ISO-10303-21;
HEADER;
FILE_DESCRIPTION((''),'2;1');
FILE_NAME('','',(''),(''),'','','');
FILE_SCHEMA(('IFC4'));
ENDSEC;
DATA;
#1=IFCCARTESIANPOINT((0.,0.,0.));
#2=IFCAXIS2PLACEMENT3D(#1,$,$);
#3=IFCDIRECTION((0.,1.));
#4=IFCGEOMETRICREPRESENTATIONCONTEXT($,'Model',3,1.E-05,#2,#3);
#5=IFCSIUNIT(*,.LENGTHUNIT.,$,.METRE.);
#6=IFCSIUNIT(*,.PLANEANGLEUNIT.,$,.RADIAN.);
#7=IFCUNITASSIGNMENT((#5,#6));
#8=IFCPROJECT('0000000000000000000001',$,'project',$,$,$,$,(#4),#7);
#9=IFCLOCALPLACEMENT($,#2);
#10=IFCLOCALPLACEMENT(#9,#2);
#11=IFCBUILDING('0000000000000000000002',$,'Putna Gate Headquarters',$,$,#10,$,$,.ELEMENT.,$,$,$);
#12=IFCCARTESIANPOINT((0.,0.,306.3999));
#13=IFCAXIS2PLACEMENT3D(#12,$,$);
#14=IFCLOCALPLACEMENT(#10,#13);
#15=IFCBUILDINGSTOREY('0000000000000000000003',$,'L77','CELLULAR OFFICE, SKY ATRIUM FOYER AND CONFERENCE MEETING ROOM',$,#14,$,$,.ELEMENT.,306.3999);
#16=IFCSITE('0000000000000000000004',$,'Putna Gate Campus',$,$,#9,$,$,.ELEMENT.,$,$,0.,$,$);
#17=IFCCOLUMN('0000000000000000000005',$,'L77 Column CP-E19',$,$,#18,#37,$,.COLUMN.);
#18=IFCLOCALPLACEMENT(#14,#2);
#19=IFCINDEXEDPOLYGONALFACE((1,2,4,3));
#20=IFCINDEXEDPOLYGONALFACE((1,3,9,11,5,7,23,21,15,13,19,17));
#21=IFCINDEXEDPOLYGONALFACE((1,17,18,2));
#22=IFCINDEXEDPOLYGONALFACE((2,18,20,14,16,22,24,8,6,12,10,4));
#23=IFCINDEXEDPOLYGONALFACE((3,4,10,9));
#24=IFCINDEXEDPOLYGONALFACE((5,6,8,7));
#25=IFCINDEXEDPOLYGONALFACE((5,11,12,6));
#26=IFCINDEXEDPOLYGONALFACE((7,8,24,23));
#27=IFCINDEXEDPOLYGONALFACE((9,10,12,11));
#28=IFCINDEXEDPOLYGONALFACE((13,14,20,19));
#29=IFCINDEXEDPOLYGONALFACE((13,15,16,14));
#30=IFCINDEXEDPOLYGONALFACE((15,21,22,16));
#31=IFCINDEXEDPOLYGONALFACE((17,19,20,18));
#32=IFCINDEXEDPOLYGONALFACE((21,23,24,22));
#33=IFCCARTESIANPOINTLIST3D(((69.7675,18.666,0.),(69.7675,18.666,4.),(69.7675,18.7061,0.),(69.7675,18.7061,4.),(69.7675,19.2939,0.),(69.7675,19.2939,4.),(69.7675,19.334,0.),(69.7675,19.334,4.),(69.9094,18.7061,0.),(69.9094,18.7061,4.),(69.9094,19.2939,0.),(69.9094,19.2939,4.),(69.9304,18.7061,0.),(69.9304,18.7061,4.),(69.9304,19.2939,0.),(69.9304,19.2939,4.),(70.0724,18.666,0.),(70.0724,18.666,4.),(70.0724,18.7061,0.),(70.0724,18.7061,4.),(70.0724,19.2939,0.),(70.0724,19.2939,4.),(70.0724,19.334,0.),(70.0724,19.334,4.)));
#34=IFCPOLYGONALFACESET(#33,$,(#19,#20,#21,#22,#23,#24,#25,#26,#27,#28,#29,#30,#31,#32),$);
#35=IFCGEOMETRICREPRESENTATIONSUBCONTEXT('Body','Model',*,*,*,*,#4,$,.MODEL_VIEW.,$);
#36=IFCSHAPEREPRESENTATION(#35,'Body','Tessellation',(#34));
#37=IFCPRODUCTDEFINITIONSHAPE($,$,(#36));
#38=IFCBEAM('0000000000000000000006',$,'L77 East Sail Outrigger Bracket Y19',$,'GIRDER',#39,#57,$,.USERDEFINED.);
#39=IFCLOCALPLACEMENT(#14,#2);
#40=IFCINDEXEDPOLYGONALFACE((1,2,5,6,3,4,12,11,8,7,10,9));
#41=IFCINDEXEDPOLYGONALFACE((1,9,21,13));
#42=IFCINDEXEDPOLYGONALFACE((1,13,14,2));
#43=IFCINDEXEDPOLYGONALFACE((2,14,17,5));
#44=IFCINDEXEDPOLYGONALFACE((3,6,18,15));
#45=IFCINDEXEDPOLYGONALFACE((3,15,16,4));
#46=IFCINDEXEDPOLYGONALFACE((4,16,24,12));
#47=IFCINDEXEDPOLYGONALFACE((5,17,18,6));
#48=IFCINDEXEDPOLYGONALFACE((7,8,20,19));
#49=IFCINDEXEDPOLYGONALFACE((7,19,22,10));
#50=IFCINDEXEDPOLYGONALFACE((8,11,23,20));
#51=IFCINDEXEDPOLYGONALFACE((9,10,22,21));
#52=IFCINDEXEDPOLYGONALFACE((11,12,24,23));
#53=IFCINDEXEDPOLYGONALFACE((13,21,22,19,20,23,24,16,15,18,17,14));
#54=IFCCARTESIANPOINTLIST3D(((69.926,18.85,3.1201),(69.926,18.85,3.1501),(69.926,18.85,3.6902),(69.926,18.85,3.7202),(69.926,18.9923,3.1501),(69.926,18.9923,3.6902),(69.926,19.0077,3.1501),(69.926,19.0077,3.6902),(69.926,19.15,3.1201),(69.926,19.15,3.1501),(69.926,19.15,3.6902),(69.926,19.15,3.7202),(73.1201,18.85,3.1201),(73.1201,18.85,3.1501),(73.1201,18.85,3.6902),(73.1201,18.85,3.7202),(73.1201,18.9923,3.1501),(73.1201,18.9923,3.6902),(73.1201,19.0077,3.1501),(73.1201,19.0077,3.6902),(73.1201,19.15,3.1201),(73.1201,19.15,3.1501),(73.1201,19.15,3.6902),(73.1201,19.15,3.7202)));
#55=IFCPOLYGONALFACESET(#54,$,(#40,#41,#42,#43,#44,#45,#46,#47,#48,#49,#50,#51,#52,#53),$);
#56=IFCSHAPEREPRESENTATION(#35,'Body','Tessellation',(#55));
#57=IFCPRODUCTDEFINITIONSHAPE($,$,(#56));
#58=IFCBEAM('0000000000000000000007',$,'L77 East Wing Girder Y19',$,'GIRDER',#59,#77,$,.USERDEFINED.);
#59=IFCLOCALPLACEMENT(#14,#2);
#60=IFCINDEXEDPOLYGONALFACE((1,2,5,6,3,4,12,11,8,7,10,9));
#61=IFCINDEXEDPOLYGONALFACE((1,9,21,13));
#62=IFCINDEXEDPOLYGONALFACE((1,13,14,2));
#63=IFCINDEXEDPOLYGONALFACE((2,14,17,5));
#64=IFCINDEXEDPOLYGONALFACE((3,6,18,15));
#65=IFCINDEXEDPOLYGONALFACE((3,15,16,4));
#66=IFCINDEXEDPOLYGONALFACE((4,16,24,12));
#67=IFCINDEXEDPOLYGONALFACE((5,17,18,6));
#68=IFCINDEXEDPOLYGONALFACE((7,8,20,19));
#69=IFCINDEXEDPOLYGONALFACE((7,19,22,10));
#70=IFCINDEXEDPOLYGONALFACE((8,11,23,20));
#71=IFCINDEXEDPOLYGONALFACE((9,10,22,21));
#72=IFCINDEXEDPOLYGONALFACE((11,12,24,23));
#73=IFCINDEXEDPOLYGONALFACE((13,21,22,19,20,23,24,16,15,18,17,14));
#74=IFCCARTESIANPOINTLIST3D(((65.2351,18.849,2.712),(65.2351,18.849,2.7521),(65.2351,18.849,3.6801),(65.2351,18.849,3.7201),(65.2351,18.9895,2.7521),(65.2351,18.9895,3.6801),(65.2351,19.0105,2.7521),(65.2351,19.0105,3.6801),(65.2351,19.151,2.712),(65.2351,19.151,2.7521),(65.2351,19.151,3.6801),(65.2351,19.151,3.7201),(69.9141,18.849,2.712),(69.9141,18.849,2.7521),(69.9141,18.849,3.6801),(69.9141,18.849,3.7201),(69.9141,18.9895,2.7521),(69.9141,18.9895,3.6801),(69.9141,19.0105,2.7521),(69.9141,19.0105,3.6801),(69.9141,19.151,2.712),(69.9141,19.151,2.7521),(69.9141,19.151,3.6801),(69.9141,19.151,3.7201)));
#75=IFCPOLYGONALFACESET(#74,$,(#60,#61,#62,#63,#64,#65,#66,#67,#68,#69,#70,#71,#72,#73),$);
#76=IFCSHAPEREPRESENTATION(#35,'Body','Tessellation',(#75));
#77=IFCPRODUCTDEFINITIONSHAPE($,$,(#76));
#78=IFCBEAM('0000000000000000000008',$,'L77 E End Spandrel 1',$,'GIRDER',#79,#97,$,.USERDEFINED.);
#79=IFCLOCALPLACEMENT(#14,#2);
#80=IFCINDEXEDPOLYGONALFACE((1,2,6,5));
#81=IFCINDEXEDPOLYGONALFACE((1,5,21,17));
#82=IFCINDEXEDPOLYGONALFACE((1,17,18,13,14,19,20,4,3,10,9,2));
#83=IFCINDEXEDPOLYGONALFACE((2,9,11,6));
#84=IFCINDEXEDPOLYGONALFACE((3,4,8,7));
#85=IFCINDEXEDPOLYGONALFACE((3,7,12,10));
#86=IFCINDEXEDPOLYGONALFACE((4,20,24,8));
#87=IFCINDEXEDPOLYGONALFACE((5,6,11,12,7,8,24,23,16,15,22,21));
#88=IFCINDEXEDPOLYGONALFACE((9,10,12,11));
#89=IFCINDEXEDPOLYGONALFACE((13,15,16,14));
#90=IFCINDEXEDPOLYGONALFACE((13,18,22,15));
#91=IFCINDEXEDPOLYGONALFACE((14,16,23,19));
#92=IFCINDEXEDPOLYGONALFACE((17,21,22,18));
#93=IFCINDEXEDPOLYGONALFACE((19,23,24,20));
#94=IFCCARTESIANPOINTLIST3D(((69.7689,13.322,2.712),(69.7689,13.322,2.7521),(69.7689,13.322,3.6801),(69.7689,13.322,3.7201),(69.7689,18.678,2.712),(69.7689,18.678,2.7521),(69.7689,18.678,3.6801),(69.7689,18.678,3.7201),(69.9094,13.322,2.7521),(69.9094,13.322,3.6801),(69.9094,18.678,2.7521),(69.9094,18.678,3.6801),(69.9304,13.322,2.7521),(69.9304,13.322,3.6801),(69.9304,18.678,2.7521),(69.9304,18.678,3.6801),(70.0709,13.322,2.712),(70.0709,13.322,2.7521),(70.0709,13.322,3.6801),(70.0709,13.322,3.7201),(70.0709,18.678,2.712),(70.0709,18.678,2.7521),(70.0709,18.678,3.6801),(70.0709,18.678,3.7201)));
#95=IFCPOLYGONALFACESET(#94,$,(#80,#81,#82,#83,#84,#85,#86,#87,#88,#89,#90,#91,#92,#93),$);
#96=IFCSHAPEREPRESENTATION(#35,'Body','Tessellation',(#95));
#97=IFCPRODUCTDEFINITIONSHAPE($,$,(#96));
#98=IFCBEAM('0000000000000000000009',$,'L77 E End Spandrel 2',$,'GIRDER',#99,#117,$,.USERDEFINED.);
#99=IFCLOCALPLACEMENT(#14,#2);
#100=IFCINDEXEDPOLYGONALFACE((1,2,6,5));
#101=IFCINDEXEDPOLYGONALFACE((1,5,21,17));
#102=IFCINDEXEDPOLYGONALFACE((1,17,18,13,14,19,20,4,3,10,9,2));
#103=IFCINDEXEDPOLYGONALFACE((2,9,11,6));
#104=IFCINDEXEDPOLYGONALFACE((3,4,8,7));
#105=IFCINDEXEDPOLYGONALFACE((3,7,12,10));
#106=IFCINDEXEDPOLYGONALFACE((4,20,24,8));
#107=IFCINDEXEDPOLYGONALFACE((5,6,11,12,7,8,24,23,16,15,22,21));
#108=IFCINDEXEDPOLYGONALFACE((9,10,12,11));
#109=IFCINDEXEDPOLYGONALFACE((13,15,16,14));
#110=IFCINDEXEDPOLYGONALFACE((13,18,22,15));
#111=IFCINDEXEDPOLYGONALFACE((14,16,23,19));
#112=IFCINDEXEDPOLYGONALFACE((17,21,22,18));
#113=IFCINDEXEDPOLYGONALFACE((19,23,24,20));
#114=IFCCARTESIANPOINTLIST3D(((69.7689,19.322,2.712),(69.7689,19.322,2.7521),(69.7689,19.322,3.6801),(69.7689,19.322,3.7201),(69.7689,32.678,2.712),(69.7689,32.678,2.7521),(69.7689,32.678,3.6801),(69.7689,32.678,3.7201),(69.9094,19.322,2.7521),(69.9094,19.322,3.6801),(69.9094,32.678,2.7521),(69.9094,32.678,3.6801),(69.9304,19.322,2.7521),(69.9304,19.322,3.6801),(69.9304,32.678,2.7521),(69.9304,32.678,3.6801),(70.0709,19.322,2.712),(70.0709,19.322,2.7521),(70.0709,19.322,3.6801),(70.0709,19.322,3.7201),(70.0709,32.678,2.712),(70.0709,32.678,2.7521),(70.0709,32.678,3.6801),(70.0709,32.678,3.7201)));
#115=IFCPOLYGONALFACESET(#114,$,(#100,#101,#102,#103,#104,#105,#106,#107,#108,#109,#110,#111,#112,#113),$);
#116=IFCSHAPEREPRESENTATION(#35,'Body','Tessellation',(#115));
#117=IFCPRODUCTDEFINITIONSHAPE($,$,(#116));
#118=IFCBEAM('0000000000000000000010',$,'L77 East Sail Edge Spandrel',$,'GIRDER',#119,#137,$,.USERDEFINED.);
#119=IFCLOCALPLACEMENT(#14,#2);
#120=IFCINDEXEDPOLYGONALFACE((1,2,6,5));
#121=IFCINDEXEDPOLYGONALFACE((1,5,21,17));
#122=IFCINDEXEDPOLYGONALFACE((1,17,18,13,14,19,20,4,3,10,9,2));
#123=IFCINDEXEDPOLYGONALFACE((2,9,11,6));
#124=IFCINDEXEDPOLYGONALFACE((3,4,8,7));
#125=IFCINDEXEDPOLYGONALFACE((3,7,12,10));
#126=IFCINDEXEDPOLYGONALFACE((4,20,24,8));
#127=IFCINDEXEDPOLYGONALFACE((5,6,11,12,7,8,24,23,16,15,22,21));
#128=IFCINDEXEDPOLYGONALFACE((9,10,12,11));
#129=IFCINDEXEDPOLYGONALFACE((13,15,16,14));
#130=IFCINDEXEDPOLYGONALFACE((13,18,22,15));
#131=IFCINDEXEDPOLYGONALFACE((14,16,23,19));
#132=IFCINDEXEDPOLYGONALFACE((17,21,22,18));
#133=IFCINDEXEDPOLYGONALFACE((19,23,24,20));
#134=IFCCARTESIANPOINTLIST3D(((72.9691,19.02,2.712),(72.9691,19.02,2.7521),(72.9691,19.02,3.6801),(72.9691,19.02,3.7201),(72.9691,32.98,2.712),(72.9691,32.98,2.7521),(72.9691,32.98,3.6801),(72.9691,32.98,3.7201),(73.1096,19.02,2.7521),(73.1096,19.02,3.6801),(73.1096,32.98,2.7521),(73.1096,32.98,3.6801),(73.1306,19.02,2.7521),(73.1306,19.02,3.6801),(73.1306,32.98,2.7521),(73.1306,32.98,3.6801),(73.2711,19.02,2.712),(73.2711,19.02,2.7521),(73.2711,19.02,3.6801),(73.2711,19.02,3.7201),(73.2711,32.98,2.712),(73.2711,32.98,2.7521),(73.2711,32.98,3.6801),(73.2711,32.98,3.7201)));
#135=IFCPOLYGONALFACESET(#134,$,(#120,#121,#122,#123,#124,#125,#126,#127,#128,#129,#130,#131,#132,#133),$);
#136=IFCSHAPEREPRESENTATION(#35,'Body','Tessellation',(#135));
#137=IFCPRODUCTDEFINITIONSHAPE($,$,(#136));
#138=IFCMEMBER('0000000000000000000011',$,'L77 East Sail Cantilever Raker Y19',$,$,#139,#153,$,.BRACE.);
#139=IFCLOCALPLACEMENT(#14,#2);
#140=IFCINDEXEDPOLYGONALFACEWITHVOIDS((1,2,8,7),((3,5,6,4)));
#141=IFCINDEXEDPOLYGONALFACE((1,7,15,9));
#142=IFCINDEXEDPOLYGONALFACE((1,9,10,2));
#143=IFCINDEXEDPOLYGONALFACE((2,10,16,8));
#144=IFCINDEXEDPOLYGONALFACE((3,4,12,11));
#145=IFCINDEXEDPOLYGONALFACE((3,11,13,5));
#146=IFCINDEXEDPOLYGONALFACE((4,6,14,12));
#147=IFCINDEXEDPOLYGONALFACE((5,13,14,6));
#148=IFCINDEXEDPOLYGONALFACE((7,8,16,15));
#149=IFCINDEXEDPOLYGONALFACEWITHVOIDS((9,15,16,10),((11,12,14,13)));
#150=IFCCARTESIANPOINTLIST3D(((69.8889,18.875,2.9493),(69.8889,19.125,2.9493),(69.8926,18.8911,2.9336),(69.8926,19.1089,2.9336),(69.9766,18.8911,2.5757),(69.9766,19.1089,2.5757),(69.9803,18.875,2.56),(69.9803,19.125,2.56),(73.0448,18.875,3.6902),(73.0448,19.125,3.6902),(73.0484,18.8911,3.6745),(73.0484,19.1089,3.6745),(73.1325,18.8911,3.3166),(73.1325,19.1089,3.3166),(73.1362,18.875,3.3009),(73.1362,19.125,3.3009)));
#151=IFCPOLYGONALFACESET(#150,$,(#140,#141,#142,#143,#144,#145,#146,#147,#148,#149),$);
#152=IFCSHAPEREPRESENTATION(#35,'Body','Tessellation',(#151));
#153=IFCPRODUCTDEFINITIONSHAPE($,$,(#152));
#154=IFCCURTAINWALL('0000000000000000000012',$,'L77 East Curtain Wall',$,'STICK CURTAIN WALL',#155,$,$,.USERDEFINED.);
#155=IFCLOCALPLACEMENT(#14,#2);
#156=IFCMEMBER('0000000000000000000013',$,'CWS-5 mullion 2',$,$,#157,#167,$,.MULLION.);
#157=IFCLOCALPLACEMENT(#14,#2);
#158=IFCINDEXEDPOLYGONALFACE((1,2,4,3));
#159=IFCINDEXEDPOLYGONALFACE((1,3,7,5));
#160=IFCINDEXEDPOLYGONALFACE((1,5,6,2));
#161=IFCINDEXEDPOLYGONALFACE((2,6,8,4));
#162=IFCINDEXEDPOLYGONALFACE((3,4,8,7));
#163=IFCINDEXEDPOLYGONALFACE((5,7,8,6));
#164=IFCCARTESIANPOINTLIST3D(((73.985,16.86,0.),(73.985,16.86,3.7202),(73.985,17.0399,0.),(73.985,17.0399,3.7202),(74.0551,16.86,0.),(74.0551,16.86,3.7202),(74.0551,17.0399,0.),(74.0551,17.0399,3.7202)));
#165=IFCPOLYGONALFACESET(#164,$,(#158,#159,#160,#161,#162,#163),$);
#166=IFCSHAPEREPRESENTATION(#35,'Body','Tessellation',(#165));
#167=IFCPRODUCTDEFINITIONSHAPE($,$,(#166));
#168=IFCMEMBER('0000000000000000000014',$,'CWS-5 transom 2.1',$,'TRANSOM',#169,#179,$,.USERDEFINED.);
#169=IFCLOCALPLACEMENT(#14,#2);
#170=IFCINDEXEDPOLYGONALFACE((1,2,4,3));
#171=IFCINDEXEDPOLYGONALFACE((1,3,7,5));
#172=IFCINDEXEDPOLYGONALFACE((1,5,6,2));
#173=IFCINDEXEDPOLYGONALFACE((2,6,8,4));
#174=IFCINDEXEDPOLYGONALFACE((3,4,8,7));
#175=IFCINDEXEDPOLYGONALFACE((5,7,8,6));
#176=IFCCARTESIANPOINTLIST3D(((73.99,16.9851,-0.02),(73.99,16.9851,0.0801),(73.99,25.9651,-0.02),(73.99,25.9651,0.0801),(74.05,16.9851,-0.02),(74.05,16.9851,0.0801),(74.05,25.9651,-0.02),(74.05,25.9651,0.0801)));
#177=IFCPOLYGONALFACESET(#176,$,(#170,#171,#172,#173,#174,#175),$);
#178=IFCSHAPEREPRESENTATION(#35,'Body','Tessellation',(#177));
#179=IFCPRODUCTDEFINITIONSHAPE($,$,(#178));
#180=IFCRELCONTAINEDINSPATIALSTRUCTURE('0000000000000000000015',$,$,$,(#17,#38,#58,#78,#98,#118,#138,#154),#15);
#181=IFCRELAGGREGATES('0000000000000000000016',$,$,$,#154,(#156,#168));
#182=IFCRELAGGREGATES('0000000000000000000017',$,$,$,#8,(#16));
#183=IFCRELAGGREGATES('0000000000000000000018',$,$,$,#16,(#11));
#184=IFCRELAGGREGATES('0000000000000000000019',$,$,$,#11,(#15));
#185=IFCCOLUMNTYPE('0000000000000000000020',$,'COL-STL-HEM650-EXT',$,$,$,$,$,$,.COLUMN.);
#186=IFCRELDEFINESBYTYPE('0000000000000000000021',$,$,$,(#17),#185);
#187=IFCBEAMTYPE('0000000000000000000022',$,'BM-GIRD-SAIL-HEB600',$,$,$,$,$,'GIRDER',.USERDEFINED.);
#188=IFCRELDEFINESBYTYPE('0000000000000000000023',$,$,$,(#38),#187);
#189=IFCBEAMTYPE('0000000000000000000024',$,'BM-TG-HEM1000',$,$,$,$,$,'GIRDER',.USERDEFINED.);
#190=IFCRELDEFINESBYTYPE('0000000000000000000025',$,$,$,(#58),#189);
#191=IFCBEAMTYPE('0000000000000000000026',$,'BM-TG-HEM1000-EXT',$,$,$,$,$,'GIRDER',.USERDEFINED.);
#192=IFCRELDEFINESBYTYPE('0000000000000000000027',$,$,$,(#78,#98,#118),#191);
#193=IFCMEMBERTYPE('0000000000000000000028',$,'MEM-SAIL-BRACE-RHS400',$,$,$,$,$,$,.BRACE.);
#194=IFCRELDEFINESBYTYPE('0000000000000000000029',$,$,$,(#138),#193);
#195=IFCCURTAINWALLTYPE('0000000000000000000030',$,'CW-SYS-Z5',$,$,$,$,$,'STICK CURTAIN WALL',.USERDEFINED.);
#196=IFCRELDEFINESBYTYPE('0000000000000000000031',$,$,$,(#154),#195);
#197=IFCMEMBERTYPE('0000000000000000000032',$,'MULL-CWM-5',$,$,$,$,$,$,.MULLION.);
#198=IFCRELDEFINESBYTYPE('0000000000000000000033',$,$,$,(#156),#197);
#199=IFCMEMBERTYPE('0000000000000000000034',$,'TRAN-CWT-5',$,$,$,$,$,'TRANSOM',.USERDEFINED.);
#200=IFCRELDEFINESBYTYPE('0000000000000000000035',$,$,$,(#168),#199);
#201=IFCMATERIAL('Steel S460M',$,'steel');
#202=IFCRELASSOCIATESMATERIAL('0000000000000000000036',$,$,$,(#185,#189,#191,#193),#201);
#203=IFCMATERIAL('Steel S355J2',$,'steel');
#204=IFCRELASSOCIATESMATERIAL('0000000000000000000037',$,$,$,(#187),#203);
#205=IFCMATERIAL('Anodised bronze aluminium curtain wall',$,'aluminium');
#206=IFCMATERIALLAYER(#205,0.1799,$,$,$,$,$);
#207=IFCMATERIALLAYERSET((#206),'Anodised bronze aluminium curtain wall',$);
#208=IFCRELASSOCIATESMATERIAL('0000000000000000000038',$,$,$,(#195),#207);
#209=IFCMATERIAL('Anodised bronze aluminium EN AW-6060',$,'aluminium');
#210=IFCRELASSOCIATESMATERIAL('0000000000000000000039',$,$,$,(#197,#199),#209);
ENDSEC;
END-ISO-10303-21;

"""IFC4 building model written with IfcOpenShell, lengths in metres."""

from ifc_helpers import new_model, si_unit, direction, frame, origin, origin_2d, place, context, subcontext, project, spatial, rectangle, hollow_rectangle, i_section, extrude, material, layer, layer_set, material_profile, profile_set, type_object, element, aggregate, save


model = new_model("IFC4")

# Units and contexts
model_context = context("Model", 3, precision=1e-05, world=origin(), true_north=direction((0.0, 1.0)))
body_context = subcontext(model_context, "Body", "Model", "MODEL_VIEW")
ifc_project = project(units=[si_unit("LENGTHUNIT", "METRE"), si_unit("PLANEANGLEUNIT", "RADIAN")], contexts=[model_context])

# Site, building, storey
site_placement = place(None, origin())
site = spatial("IfcSite", under=ifc_project, at=site_placement, Name="Putna Gate Campus", CompositionType="ELEMENT", RefElevation=0.0)
building_placement = place(site_placement, origin())
building = spatial("IfcBuilding", under=site, at=building_placement, Name="Putna Gate Headquarters", CompositionType="ELEMENT")
storey_placement = place(building_placement, frame((0.0, 0.0, 306.3999)))
storey = spatial("IfcBuildingStorey", under=building, at=storey_placement, Name="L77", Description="CELLULAR OFFICE, SKY ATRIUM FOYER AND CONFERENCE MEETING ROOM", CompositionType="ELEMENT", Elevation=306.3999)

# Column
ifc_material_1 = material(Name="Steel S460M", Category="steel")
ifc_material_profile_1 = material_profile(ifc_material_1, i_section(OverallWidth=0.3049, OverallDepth=0.668, WebThickness=0.021, FlangeThickness=0.04, at=origin_2d()), Name="Steel S460M")
ifc_profile_set_1 = profile_set([ifc_material_profile_1], Name="Steel S460M")
column_type = type_object("IfcColumnType", Name="COL-STL-HEM650-EXT", PredefinedType="COLUMN", material=ifc_profile_set_1)
column_placement = place(storey_placement, frame((69.9199, 19.0, 0.0), z_axis=(0.0, 0.0, 1.0), x_axis=(1.0, 0.0, 0.0)))
element("IfcColumn", 1, at=column_placement, inside=storey, type_object=column_type, Name="L77 Column CP-E19", PredefinedType="COLUMN", context=body_context, shape_type="SweptSolid", body=[
    extrude(i_section(OverallWidth=0.3049, OverallDepth=0.668, WebThickness=0.021, FlangeThickness=0.04, at=origin_2d()), origin(), (0.0, 0.0, 1.0), 4.0),
])

# Beams
ifc_material_2 = material(Name="Steel S355J2", Category="steel")
ifc_material_profile_2 = material_profile(ifc_material_2, i_section(OverallWidth=0.3, OverallDepth=0.6001, WebThickness=0.0154, FlangeThickness=0.03, at=origin_2d()), Name="Steel S355J2")
ifc_profile_set_2 = profile_set([ifc_material_profile_2], Name="Steel S355J2")
beam_type_1 = type_object("IfcBeamType", Name="BM-GIRD-SAIL-HEB600", ElementType="GIRDER", PredefinedType="USERDEFINED", material=ifc_profile_set_2)
beam_1_placement = place(storey_placement, frame((69.926, 19.0, 3.4202), z_axis=(1.0, 0.0, 0.0), x_axis=(0.0, 1.0, 0.0)))
element("IfcBeam", 2, at=beam_1_placement, inside=storey, type_object=beam_type_1, Name="L77 East Sail Outrigger Bracket Y19", ObjectType="GIRDER", PredefinedType="USERDEFINED", context=body_context, shape_type="SweptSolid", body=[
    extrude(i_section(OverallWidth=0.3, OverallDepth=0.6001, WebThickness=0.0154, FlangeThickness=0.03, at=origin_2d()), origin(), (0.0, 0.0, 1.0), 3.1941),
])
ifc_material_profile_3 = material_profile(ifc_material_1, i_section(OverallWidth=0.302, OverallDepth=1.0081, WebThickness=0.021, FlangeThickness=0.04, at=origin_2d()), Name="Steel S460M")
ifc_profile_set_3 = profile_set([ifc_material_profile_3], Name="Steel S460M")
beam_type_2 = type_object("IfcBeamType", Name="BM-TG-HEM1000", ElementType="GIRDER", PredefinedType="USERDEFINED", material=ifc_profile_set_3)
beam_2_placement = place(storey_placement, frame((65.2351, 19.0, 3.2161), z_axis=(1.0, 0.0, 0.0), x_axis=(0.0, 1.0, 0.0)))
element("IfcBeam", 3, at=beam_2_placement, inside=storey, type_object=beam_type_2, Name="L77 East Wing Girder Y19", ObjectType="GIRDER", PredefinedType="USERDEFINED", context=body_context, shape_type="SweptSolid", body=[
    extrude(i_section(OverallWidth=0.302, OverallDepth=1.0081, WebThickness=0.021, FlangeThickness=0.04, at=origin_2d()), origin(), (0.0, 0.0, 1.0), 4.679),
])
ifc_material_profile_4 = material_profile(ifc_material_1, i_section(OverallWidth=0.302, OverallDepth=1.0081, WebThickness=0.021, FlangeThickness=0.04, at=origin_2d()), Name="Steel S460M")
ifc_profile_set_4 = profile_set([ifc_material_profile_4], Name="Steel S460M")
beam_type_3 = type_object("IfcBeamType", Name="BM-TG-HEM1000-EXT", ElementType="GIRDER", PredefinedType="USERDEFINED", material=ifc_profile_set_4)
beam_3_placement = place(storey_placement, frame((69.9199, 13.322, 3.2161), z_axis=(0.0, 1.0, 0.0), x_axis=(-1.0, 0.0, 0.0)))
element("IfcBeam", 4, at=beam_3_placement, inside=storey, type_object=beam_type_3, Name="L77 E End Spandrel 1", ObjectType="GIRDER", PredefinedType="USERDEFINED", context=body_context, shape_type="SweptSolid", body=[
    extrude(i_section(OverallWidth=0.302, OverallDepth=1.0081, WebThickness=0.021, FlangeThickness=0.04, at=origin_2d()), origin(), (0.0, 0.0, 1.0), 5.356),
])
beam_4_placement = place(storey_placement, frame((69.9199, 19.322, 3.2161), z_axis=(0.0, 1.0, 0.0), x_axis=(-1.0, 0.0, 0.0)))
element("IfcBeam", 5, at=beam_4_placement, inside=storey, type_object=beam_type_3, Name="L77 E End Spandrel 2", ObjectType="GIRDER", PredefinedType="USERDEFINED", context=body_context, shape_type="SweptSolid", body=[
    extrude(i_section(OverallWidth=0.302, OverallDepth=1.0081, WebThickness=0.021, FlangeThickness=0.04, at=origin_2d()), origin(), (0.0, 0.0, 1.0), 13.356),
])
beam_5_placement = place(storey_placement, frame((73.1201, 19.02, 3.2161), z_axis=(0.0, 1.0, 0.0), x_axis=(-1.0, 0.0, 0.0)))
element("IfcBeam", 6, at=beam_5_placement, inside=storey, type_object=beam_type_3, Name="L77 East Sail Edge Spandrel", ObjectType="GIRDER", PredefinedType="USERDEFINED", context=body_context, shape_type="SweptSolid", body=[
    extrude(i_section(OverallWidth=0.302, OverallDepth=1.0081, WebThickness=0.021, FlangeThickness=0.04, at=origin_2d()), origin(), (0.0, 0.0, 1.0), 13.96),
])

# Member
ifc_material_profile_5 = material_profile(ifc_material_1, hollow_rectangle(XDim=0.25, YDim=0.3999, WallThickness=0.0161, at=origin_2d()), Name="Steel S460M")
ifc_profile_set_5 = profile_set([ifc_material_profile_5], Name="Steel S460M")
member_type_1 = type_object("IfcMemberType", Name="MEM-SAIL-BRACE-RHS400", PredefinedType="BRACE", material=ifc_profile_set_5)
member_1_placement = place(storey_placement, frame((69.9346, 19.0, 2.7546), z_axis=(0.973529, 0.0, 0.228565), x_axis=(0.0, 1.0, 0.0)))
element("IfcMember", 7, at=member_1_placement, inside=storey, type_object=member_type_1, Name="L77 East Sail Cantilever Raker Y19", PredefinedType="BRACE", context=body_context, shape_type="SweptSolid", body=[
    extrude(hollow_rectangle(XDim=0.25, YDim=0.3999, WallThickness=0.0161, at=origin_2d()), origin(), (0.0, 0.0, 1.0), 3.2417),
])

# Curtain wall, members
ifc_material_3 = material(Name="Anodised bronze aluminium curtain wall", Category="aluminium")
ifc_layer_1 = layer(ifc_material_3, 0.1799)
ifc_layer_set_1 = layer_set([ifc_layer_1], Name="Anodised bronze aluminium curtain wall")
curtain_wall_type = type_object("IfcCurtainWallType", Name="CW-SYS-Z5", ElementType="STICK CURTAIN WALL", PredefinedType="USERDEFINED", material=ifc_layer_set_1)
curtain_wall_placement = place(storey_placement, origin())
curtain_wall = element("IfcCurtainWall", 8, at=curtain_wall_placement, inside=storey, type_object=curtain_wall_type, Name="L77 East Curtain Wall", ObjectType="STICK CURTAIN WALL", PredefinedType="USERDEFINED")
ifc_material_4 = material(Name="Anodised bronze aluminium EN AW-6060", Category="aluminium")
ifc_material_profile_6 = material_profile(ifc_material_4, rectangle(XDim=0.0701, YDim=0.1799, at=origin_2d()), Name="Anodised bronze aluminium EN AW-6060")
ifc_profile_set_6 = profile_set([ifc_material_profile_6], Name="Anodised bronze aluminium EN AW-6060")
member_type_2 = type_object("IfcMemberType", Name="MULL-CWM-5", PredefinedType="MULLION", material=ifc_profile_set_6)
member_2_placement = place(storey_placement, frame((74.02, 16.95, 0.0), z_axis=(0.0, 0.0, 1.0), x_axis=(-1.0, 0.0, 0.0)))
member_2 = element("IfcMember", 9, at=member_2_placement, type_object=member_type_2, Name="CWS-5 mullion 2", PredefinedType="MULLION", context=body_context, shape_type="SweptSolid", body=[
    extrude(rectangle(XDim=0.0701, YDim=0.1799, at=origin_2d()), origin(), (0.0, 0.0, 1.0), 3.7202),
])
ifc_material_profile_7 = material_profile(ifc_material_4, rectangle(XDim=0.0601, YDim=0.1001, at=origin_2d()), Name="Anodised bronze aluminium EN AW-6060")
ifc_profile_set_7 = profile_set([ifc_material_profile_7], Name="Anodised bronze aluminium EN AW-6060")
member_type_3 = type_object("IfcMemberType", Name="TRAN-CWT-5", ElementType="TRANSOM", PredefinedType="USERDEFINED", material=ifc_profile_set_7)
member_3_placement = place(storey_placement, frame((74.02, 16.9851, 0.03), z_axis=(0.0, 1.0, 0.0), x_axis=(-1.0, 0.0, 0.0)))
member_3 = element("IfcMember", 10, at=member_3_placement, type_object=member_type_3, Name="CWS-5 transom 2.1", ObjectType="TRANSOM", PredefinedType="USERDEFINED", context=body_context, shape_type="SweptSolid", body=[
    extrude(rectangle(XDim=0.0601, YDim=0.1001, at=origin_2d()), origin(), (0.0, 0.0, 1.0), 8.98),
])
aggregate(curtain_wall, [member_2, member_3])

save(model, "model.ifc")
